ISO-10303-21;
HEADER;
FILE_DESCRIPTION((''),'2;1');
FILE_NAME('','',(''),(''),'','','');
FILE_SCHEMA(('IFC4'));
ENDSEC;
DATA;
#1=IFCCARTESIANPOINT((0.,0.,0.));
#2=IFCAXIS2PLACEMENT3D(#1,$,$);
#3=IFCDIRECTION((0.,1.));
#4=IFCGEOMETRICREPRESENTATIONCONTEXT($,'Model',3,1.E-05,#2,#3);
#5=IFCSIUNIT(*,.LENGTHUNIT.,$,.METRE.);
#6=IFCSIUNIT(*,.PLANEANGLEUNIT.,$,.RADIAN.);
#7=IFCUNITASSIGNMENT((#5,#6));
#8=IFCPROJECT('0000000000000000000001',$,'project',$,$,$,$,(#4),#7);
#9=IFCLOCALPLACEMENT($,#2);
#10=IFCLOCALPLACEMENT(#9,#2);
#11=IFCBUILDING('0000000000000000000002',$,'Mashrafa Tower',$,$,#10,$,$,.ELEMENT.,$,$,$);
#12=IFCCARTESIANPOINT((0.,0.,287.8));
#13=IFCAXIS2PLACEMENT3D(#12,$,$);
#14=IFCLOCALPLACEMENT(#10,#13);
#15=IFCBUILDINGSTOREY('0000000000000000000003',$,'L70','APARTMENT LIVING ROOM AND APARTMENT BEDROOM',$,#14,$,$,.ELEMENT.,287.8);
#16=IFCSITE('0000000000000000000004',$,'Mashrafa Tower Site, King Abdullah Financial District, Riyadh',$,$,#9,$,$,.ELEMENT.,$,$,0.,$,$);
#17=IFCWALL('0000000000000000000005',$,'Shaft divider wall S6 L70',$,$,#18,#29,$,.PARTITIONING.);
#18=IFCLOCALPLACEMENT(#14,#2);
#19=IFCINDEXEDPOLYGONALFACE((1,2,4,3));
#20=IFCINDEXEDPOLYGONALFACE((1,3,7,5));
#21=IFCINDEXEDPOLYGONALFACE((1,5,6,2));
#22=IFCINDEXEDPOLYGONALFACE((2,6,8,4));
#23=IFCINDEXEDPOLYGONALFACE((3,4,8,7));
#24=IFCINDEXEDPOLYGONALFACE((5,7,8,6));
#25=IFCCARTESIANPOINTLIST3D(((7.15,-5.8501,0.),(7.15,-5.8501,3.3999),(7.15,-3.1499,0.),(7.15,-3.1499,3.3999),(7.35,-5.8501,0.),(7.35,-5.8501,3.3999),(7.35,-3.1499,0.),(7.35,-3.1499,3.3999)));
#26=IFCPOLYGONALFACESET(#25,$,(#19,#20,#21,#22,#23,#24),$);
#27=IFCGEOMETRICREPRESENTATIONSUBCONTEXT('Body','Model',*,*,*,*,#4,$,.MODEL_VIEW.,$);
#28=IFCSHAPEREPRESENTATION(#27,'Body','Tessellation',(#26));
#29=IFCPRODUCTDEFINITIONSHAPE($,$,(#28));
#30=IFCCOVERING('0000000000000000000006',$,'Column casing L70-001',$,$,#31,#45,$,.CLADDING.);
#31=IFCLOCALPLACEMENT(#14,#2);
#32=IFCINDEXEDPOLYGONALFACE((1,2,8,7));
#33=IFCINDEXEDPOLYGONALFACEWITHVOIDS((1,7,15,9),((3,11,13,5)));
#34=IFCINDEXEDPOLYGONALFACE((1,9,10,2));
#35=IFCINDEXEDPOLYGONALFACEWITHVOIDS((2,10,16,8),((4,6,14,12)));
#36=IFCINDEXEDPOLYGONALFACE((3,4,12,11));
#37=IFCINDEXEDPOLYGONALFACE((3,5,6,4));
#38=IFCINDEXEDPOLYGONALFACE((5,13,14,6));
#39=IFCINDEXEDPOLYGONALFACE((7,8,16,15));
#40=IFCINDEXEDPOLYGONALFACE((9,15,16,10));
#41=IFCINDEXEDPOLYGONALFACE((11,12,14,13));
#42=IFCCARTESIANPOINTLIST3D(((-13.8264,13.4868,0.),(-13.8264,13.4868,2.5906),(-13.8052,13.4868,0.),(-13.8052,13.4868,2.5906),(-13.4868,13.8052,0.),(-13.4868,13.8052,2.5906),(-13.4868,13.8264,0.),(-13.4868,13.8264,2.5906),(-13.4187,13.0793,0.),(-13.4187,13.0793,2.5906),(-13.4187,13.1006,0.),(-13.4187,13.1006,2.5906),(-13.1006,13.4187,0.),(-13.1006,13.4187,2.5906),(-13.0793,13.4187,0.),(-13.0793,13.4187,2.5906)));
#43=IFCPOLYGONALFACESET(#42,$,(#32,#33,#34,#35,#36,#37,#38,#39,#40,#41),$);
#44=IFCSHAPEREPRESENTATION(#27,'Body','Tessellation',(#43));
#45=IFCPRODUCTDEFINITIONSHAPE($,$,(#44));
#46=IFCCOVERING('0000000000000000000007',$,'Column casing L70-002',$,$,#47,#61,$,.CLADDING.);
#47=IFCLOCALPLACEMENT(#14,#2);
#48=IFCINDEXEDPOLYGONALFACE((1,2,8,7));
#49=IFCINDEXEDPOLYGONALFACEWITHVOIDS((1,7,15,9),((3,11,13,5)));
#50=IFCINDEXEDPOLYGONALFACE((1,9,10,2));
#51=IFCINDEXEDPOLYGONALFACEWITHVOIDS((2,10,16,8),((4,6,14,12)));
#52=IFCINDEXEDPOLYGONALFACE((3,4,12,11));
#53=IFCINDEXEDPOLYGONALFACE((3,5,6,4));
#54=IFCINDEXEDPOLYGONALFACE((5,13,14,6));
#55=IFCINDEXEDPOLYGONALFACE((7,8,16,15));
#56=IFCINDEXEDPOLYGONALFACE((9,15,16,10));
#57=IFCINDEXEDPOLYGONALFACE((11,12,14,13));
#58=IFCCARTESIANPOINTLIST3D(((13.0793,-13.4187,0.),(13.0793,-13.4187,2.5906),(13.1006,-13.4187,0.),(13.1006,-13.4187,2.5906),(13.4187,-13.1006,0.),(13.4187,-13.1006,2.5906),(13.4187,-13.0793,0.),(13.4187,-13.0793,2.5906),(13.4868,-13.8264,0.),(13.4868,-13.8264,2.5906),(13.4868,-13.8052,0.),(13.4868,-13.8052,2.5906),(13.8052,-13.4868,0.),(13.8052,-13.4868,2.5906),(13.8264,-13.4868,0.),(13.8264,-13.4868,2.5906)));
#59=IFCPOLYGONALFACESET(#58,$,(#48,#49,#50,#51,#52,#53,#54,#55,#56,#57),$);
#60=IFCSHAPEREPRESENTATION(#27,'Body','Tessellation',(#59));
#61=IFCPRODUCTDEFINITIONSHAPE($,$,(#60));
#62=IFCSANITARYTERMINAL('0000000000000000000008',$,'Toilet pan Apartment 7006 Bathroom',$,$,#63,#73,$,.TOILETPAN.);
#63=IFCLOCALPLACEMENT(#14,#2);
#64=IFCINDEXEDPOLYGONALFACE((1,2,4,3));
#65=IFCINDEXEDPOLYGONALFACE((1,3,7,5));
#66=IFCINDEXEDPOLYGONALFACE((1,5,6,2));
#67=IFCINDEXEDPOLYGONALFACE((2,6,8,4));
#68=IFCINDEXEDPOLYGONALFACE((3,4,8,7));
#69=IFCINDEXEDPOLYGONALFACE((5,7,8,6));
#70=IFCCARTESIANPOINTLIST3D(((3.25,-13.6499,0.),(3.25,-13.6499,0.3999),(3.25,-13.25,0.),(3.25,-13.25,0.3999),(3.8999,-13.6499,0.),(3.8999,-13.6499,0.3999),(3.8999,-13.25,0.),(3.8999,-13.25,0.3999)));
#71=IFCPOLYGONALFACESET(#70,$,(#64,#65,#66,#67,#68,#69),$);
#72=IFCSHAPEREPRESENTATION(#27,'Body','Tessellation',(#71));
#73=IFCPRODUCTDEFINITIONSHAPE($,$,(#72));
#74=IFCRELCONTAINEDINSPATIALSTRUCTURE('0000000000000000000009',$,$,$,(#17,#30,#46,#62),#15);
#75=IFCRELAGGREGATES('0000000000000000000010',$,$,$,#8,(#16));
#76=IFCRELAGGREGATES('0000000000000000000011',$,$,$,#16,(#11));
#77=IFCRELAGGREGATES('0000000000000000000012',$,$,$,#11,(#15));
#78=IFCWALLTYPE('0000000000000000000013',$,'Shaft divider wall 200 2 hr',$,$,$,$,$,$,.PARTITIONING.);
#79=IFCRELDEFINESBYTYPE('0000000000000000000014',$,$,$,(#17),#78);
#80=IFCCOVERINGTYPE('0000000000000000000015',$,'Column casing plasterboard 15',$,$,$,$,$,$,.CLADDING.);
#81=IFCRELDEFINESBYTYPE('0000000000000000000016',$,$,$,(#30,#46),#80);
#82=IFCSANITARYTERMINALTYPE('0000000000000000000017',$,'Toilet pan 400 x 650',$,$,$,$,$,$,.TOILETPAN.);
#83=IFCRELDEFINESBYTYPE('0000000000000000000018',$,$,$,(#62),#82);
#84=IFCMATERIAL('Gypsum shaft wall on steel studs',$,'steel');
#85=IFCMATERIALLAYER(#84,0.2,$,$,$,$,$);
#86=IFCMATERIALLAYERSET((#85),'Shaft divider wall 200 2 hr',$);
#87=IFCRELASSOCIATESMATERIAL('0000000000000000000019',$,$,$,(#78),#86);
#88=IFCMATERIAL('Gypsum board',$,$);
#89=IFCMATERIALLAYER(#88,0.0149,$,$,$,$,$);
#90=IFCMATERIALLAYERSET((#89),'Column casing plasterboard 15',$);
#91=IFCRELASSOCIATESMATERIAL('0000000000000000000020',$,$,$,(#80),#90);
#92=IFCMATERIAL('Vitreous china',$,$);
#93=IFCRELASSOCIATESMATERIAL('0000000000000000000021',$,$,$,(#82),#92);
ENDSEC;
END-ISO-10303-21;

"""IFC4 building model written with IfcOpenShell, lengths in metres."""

from ifc_helpers import new_model, si_unit, direction, frame, frame_2d, origin, origin_2d, place, context, subcontext, project, spatial, polyline, rectangle, outline, extrude, material, layer, layer_set, type_object, element, save


model = new_model("IFC4")

# Units and contexts
model_context = context("Model", 3, precision=1e-05, world=origin(), true_north=direction((0.0, 1.0)))
body_context = subcontext(model_context, "Body", "Model", "MODEL_VIEW")
ifc_project = project(units=[si_unit("LENGTHUNIT", "METRE"), si_unit("PLANEANGLEUNIT", "RADIAN")], contexts=[model_context])

# Site, building, storey
site_placement = place(None, origin())
site = spatial("IfcSite", under=ifc_project, at=site_placement, Name="Mashrafa Tower Site, King Abdullah Financial District, Riyadh", CompositionType="ELEMENT", RefElevation=0.0)
building_placement = place(site_placement, origin())
building = spatial("IfcBuilding", under=site, at=building_placement, Name="Mashrafa Tower", CompositionType="ELEMENT")
storey_placement = place(building_placement, frame((0.0, 0.0, 287.8)))
storey = spatial("IfcBuildingStorey", under=building, at=storey_placement, Name="L70", Description="APARTMENT LIVING ROOM AND APARTMENT BEDROOM", CompositionType="ELEMENT", Elevation=287.8)

# Wall
ifc_material_1 = material(Name="Gypsum shaft wall on steel studs", Category="steel")
ifc_layer_1 = layer(ifc_material_1, 0.2)
ifc_layer_set_1 = layer_set([ifc_layer_1], Name="Shaft divider wall 200 2 hr")
wall_type_1 = type_object("IfcWallType", Name="Shaft divider wall 200 2 hr", PredefinedType="PARTITIONING", material=ifc_layer_set_1)
wall_1_placement = place(storey_placement, frame((7.25, -5.8501, 0.0), z_axis=(0.0, 0.0, 1.0), x_axis=(0.0, 1.0, 0.0)))
element("IfcWall", 1, at=wall_1_placement, inside=storey, type_object=wall_type_1, Name="Shaft divider wall S6 L70", PredefinedType="PARTITIONING", context=body_context, shape_type="SweptSolid", body=[
    extrude(rectangle(XDim=2.7002, YDim=0.2, at=frame_2d((1.3501, 0.0))), origin(), (0.0, 0.0, 1.0), 3.3999),
])

# Coverings
ifc_material_2 = material(Name="Gypsum board")
ifc_layer_2 = layer(ifc_material_2, 0.0149)
ifc_layer_set_2 = layer_set([ifc_layer_2], Name="Column casing plasterboard 15")
covering_type = type_object("IfcCoveringType", Name="Column casing plasterboard 15", PredefinedType="CLADDING", material=ifc_layer_set_2)
covering_1_placement = place(storey_placement, origin())
element("IfcCovering", 2, at=covering_1_placement, inside=storey, type_object=covering_type, Name="Column casing L70-001", PredefinedType="CLADDING", context=body_context, shape_type="SweptSolid", body=[
    extrude(outline(polyline([(-13.8264, 13.4868), (-13.4868, 13.8264), (-13.0793, 13.4187), (-13.4187, 13.0793), (-13.8264, 13.4868)]), holes=[polyline([(-13.1006, 13.4187), (-13.4868, 13.8052), (-13.8052, 13.4868), (-13.4187, 13.1006), (-13.1006, 13.4187)])]), origin(), (0.0, 0.0, 1.0), 2.5906),
])
covering_2_placement = place(storey_placement, origin())
element("IfcCovering", 3, at=covering_2_placement, inside=storey, type_object=covering_type, Name="Column casing L70-002", PredefinedType="CLADDING", context=body_context, shape_type="SweptSolid", body=[
    extrude(outline(polyline([(13.0793, -13.4187), (13.4187, -13.0793), (13.8264, -13.4868), (13.4868, -13.8264), (13.0793, -13.4187)]), holes=[polyline([(13.8052, -13.4868), (13.4187, -13.1006), (13.1006, -13.4187), (13.4868, -13.8052), (13.8052, -13.4868)])]), origin(), (0.0, 0.0, 1.0), 2.5906),
])

# Sanitary terminal
ifc_material_3 = material(Name="Vitreous china")
sanitary_terminal_type = type_object("IfcSanitaryTerminalType", Name="Toilet pan 400 x 650", PredefinedType="TOILETPAN", material=ifc_material_3)
sanitary_terminal_placement = place(storey_placement, frame((3.575, -13.45, 0.0), z_axis=(0.0, 0.0, 1.0), x_axis=(0.0, -1.0, 0.0)))
element("IfcSanitaryTerminal", 4, at=sanitary_terminal_placement, inside=storey, type_object=sanitary_terminal_type, Name="Toilet pan Apartment 7006 Bathroom", PredefinedType="TOILETPAN", context=body_context, shape_type="SweptSolid", body=[
    extrude(rectangle(XDim=0.3999, YDim=0.6499, at=origin_2d()), origin(), (0.0, 0.0, 1.0), 0.3999),
])

save(model, "model.ifc")
